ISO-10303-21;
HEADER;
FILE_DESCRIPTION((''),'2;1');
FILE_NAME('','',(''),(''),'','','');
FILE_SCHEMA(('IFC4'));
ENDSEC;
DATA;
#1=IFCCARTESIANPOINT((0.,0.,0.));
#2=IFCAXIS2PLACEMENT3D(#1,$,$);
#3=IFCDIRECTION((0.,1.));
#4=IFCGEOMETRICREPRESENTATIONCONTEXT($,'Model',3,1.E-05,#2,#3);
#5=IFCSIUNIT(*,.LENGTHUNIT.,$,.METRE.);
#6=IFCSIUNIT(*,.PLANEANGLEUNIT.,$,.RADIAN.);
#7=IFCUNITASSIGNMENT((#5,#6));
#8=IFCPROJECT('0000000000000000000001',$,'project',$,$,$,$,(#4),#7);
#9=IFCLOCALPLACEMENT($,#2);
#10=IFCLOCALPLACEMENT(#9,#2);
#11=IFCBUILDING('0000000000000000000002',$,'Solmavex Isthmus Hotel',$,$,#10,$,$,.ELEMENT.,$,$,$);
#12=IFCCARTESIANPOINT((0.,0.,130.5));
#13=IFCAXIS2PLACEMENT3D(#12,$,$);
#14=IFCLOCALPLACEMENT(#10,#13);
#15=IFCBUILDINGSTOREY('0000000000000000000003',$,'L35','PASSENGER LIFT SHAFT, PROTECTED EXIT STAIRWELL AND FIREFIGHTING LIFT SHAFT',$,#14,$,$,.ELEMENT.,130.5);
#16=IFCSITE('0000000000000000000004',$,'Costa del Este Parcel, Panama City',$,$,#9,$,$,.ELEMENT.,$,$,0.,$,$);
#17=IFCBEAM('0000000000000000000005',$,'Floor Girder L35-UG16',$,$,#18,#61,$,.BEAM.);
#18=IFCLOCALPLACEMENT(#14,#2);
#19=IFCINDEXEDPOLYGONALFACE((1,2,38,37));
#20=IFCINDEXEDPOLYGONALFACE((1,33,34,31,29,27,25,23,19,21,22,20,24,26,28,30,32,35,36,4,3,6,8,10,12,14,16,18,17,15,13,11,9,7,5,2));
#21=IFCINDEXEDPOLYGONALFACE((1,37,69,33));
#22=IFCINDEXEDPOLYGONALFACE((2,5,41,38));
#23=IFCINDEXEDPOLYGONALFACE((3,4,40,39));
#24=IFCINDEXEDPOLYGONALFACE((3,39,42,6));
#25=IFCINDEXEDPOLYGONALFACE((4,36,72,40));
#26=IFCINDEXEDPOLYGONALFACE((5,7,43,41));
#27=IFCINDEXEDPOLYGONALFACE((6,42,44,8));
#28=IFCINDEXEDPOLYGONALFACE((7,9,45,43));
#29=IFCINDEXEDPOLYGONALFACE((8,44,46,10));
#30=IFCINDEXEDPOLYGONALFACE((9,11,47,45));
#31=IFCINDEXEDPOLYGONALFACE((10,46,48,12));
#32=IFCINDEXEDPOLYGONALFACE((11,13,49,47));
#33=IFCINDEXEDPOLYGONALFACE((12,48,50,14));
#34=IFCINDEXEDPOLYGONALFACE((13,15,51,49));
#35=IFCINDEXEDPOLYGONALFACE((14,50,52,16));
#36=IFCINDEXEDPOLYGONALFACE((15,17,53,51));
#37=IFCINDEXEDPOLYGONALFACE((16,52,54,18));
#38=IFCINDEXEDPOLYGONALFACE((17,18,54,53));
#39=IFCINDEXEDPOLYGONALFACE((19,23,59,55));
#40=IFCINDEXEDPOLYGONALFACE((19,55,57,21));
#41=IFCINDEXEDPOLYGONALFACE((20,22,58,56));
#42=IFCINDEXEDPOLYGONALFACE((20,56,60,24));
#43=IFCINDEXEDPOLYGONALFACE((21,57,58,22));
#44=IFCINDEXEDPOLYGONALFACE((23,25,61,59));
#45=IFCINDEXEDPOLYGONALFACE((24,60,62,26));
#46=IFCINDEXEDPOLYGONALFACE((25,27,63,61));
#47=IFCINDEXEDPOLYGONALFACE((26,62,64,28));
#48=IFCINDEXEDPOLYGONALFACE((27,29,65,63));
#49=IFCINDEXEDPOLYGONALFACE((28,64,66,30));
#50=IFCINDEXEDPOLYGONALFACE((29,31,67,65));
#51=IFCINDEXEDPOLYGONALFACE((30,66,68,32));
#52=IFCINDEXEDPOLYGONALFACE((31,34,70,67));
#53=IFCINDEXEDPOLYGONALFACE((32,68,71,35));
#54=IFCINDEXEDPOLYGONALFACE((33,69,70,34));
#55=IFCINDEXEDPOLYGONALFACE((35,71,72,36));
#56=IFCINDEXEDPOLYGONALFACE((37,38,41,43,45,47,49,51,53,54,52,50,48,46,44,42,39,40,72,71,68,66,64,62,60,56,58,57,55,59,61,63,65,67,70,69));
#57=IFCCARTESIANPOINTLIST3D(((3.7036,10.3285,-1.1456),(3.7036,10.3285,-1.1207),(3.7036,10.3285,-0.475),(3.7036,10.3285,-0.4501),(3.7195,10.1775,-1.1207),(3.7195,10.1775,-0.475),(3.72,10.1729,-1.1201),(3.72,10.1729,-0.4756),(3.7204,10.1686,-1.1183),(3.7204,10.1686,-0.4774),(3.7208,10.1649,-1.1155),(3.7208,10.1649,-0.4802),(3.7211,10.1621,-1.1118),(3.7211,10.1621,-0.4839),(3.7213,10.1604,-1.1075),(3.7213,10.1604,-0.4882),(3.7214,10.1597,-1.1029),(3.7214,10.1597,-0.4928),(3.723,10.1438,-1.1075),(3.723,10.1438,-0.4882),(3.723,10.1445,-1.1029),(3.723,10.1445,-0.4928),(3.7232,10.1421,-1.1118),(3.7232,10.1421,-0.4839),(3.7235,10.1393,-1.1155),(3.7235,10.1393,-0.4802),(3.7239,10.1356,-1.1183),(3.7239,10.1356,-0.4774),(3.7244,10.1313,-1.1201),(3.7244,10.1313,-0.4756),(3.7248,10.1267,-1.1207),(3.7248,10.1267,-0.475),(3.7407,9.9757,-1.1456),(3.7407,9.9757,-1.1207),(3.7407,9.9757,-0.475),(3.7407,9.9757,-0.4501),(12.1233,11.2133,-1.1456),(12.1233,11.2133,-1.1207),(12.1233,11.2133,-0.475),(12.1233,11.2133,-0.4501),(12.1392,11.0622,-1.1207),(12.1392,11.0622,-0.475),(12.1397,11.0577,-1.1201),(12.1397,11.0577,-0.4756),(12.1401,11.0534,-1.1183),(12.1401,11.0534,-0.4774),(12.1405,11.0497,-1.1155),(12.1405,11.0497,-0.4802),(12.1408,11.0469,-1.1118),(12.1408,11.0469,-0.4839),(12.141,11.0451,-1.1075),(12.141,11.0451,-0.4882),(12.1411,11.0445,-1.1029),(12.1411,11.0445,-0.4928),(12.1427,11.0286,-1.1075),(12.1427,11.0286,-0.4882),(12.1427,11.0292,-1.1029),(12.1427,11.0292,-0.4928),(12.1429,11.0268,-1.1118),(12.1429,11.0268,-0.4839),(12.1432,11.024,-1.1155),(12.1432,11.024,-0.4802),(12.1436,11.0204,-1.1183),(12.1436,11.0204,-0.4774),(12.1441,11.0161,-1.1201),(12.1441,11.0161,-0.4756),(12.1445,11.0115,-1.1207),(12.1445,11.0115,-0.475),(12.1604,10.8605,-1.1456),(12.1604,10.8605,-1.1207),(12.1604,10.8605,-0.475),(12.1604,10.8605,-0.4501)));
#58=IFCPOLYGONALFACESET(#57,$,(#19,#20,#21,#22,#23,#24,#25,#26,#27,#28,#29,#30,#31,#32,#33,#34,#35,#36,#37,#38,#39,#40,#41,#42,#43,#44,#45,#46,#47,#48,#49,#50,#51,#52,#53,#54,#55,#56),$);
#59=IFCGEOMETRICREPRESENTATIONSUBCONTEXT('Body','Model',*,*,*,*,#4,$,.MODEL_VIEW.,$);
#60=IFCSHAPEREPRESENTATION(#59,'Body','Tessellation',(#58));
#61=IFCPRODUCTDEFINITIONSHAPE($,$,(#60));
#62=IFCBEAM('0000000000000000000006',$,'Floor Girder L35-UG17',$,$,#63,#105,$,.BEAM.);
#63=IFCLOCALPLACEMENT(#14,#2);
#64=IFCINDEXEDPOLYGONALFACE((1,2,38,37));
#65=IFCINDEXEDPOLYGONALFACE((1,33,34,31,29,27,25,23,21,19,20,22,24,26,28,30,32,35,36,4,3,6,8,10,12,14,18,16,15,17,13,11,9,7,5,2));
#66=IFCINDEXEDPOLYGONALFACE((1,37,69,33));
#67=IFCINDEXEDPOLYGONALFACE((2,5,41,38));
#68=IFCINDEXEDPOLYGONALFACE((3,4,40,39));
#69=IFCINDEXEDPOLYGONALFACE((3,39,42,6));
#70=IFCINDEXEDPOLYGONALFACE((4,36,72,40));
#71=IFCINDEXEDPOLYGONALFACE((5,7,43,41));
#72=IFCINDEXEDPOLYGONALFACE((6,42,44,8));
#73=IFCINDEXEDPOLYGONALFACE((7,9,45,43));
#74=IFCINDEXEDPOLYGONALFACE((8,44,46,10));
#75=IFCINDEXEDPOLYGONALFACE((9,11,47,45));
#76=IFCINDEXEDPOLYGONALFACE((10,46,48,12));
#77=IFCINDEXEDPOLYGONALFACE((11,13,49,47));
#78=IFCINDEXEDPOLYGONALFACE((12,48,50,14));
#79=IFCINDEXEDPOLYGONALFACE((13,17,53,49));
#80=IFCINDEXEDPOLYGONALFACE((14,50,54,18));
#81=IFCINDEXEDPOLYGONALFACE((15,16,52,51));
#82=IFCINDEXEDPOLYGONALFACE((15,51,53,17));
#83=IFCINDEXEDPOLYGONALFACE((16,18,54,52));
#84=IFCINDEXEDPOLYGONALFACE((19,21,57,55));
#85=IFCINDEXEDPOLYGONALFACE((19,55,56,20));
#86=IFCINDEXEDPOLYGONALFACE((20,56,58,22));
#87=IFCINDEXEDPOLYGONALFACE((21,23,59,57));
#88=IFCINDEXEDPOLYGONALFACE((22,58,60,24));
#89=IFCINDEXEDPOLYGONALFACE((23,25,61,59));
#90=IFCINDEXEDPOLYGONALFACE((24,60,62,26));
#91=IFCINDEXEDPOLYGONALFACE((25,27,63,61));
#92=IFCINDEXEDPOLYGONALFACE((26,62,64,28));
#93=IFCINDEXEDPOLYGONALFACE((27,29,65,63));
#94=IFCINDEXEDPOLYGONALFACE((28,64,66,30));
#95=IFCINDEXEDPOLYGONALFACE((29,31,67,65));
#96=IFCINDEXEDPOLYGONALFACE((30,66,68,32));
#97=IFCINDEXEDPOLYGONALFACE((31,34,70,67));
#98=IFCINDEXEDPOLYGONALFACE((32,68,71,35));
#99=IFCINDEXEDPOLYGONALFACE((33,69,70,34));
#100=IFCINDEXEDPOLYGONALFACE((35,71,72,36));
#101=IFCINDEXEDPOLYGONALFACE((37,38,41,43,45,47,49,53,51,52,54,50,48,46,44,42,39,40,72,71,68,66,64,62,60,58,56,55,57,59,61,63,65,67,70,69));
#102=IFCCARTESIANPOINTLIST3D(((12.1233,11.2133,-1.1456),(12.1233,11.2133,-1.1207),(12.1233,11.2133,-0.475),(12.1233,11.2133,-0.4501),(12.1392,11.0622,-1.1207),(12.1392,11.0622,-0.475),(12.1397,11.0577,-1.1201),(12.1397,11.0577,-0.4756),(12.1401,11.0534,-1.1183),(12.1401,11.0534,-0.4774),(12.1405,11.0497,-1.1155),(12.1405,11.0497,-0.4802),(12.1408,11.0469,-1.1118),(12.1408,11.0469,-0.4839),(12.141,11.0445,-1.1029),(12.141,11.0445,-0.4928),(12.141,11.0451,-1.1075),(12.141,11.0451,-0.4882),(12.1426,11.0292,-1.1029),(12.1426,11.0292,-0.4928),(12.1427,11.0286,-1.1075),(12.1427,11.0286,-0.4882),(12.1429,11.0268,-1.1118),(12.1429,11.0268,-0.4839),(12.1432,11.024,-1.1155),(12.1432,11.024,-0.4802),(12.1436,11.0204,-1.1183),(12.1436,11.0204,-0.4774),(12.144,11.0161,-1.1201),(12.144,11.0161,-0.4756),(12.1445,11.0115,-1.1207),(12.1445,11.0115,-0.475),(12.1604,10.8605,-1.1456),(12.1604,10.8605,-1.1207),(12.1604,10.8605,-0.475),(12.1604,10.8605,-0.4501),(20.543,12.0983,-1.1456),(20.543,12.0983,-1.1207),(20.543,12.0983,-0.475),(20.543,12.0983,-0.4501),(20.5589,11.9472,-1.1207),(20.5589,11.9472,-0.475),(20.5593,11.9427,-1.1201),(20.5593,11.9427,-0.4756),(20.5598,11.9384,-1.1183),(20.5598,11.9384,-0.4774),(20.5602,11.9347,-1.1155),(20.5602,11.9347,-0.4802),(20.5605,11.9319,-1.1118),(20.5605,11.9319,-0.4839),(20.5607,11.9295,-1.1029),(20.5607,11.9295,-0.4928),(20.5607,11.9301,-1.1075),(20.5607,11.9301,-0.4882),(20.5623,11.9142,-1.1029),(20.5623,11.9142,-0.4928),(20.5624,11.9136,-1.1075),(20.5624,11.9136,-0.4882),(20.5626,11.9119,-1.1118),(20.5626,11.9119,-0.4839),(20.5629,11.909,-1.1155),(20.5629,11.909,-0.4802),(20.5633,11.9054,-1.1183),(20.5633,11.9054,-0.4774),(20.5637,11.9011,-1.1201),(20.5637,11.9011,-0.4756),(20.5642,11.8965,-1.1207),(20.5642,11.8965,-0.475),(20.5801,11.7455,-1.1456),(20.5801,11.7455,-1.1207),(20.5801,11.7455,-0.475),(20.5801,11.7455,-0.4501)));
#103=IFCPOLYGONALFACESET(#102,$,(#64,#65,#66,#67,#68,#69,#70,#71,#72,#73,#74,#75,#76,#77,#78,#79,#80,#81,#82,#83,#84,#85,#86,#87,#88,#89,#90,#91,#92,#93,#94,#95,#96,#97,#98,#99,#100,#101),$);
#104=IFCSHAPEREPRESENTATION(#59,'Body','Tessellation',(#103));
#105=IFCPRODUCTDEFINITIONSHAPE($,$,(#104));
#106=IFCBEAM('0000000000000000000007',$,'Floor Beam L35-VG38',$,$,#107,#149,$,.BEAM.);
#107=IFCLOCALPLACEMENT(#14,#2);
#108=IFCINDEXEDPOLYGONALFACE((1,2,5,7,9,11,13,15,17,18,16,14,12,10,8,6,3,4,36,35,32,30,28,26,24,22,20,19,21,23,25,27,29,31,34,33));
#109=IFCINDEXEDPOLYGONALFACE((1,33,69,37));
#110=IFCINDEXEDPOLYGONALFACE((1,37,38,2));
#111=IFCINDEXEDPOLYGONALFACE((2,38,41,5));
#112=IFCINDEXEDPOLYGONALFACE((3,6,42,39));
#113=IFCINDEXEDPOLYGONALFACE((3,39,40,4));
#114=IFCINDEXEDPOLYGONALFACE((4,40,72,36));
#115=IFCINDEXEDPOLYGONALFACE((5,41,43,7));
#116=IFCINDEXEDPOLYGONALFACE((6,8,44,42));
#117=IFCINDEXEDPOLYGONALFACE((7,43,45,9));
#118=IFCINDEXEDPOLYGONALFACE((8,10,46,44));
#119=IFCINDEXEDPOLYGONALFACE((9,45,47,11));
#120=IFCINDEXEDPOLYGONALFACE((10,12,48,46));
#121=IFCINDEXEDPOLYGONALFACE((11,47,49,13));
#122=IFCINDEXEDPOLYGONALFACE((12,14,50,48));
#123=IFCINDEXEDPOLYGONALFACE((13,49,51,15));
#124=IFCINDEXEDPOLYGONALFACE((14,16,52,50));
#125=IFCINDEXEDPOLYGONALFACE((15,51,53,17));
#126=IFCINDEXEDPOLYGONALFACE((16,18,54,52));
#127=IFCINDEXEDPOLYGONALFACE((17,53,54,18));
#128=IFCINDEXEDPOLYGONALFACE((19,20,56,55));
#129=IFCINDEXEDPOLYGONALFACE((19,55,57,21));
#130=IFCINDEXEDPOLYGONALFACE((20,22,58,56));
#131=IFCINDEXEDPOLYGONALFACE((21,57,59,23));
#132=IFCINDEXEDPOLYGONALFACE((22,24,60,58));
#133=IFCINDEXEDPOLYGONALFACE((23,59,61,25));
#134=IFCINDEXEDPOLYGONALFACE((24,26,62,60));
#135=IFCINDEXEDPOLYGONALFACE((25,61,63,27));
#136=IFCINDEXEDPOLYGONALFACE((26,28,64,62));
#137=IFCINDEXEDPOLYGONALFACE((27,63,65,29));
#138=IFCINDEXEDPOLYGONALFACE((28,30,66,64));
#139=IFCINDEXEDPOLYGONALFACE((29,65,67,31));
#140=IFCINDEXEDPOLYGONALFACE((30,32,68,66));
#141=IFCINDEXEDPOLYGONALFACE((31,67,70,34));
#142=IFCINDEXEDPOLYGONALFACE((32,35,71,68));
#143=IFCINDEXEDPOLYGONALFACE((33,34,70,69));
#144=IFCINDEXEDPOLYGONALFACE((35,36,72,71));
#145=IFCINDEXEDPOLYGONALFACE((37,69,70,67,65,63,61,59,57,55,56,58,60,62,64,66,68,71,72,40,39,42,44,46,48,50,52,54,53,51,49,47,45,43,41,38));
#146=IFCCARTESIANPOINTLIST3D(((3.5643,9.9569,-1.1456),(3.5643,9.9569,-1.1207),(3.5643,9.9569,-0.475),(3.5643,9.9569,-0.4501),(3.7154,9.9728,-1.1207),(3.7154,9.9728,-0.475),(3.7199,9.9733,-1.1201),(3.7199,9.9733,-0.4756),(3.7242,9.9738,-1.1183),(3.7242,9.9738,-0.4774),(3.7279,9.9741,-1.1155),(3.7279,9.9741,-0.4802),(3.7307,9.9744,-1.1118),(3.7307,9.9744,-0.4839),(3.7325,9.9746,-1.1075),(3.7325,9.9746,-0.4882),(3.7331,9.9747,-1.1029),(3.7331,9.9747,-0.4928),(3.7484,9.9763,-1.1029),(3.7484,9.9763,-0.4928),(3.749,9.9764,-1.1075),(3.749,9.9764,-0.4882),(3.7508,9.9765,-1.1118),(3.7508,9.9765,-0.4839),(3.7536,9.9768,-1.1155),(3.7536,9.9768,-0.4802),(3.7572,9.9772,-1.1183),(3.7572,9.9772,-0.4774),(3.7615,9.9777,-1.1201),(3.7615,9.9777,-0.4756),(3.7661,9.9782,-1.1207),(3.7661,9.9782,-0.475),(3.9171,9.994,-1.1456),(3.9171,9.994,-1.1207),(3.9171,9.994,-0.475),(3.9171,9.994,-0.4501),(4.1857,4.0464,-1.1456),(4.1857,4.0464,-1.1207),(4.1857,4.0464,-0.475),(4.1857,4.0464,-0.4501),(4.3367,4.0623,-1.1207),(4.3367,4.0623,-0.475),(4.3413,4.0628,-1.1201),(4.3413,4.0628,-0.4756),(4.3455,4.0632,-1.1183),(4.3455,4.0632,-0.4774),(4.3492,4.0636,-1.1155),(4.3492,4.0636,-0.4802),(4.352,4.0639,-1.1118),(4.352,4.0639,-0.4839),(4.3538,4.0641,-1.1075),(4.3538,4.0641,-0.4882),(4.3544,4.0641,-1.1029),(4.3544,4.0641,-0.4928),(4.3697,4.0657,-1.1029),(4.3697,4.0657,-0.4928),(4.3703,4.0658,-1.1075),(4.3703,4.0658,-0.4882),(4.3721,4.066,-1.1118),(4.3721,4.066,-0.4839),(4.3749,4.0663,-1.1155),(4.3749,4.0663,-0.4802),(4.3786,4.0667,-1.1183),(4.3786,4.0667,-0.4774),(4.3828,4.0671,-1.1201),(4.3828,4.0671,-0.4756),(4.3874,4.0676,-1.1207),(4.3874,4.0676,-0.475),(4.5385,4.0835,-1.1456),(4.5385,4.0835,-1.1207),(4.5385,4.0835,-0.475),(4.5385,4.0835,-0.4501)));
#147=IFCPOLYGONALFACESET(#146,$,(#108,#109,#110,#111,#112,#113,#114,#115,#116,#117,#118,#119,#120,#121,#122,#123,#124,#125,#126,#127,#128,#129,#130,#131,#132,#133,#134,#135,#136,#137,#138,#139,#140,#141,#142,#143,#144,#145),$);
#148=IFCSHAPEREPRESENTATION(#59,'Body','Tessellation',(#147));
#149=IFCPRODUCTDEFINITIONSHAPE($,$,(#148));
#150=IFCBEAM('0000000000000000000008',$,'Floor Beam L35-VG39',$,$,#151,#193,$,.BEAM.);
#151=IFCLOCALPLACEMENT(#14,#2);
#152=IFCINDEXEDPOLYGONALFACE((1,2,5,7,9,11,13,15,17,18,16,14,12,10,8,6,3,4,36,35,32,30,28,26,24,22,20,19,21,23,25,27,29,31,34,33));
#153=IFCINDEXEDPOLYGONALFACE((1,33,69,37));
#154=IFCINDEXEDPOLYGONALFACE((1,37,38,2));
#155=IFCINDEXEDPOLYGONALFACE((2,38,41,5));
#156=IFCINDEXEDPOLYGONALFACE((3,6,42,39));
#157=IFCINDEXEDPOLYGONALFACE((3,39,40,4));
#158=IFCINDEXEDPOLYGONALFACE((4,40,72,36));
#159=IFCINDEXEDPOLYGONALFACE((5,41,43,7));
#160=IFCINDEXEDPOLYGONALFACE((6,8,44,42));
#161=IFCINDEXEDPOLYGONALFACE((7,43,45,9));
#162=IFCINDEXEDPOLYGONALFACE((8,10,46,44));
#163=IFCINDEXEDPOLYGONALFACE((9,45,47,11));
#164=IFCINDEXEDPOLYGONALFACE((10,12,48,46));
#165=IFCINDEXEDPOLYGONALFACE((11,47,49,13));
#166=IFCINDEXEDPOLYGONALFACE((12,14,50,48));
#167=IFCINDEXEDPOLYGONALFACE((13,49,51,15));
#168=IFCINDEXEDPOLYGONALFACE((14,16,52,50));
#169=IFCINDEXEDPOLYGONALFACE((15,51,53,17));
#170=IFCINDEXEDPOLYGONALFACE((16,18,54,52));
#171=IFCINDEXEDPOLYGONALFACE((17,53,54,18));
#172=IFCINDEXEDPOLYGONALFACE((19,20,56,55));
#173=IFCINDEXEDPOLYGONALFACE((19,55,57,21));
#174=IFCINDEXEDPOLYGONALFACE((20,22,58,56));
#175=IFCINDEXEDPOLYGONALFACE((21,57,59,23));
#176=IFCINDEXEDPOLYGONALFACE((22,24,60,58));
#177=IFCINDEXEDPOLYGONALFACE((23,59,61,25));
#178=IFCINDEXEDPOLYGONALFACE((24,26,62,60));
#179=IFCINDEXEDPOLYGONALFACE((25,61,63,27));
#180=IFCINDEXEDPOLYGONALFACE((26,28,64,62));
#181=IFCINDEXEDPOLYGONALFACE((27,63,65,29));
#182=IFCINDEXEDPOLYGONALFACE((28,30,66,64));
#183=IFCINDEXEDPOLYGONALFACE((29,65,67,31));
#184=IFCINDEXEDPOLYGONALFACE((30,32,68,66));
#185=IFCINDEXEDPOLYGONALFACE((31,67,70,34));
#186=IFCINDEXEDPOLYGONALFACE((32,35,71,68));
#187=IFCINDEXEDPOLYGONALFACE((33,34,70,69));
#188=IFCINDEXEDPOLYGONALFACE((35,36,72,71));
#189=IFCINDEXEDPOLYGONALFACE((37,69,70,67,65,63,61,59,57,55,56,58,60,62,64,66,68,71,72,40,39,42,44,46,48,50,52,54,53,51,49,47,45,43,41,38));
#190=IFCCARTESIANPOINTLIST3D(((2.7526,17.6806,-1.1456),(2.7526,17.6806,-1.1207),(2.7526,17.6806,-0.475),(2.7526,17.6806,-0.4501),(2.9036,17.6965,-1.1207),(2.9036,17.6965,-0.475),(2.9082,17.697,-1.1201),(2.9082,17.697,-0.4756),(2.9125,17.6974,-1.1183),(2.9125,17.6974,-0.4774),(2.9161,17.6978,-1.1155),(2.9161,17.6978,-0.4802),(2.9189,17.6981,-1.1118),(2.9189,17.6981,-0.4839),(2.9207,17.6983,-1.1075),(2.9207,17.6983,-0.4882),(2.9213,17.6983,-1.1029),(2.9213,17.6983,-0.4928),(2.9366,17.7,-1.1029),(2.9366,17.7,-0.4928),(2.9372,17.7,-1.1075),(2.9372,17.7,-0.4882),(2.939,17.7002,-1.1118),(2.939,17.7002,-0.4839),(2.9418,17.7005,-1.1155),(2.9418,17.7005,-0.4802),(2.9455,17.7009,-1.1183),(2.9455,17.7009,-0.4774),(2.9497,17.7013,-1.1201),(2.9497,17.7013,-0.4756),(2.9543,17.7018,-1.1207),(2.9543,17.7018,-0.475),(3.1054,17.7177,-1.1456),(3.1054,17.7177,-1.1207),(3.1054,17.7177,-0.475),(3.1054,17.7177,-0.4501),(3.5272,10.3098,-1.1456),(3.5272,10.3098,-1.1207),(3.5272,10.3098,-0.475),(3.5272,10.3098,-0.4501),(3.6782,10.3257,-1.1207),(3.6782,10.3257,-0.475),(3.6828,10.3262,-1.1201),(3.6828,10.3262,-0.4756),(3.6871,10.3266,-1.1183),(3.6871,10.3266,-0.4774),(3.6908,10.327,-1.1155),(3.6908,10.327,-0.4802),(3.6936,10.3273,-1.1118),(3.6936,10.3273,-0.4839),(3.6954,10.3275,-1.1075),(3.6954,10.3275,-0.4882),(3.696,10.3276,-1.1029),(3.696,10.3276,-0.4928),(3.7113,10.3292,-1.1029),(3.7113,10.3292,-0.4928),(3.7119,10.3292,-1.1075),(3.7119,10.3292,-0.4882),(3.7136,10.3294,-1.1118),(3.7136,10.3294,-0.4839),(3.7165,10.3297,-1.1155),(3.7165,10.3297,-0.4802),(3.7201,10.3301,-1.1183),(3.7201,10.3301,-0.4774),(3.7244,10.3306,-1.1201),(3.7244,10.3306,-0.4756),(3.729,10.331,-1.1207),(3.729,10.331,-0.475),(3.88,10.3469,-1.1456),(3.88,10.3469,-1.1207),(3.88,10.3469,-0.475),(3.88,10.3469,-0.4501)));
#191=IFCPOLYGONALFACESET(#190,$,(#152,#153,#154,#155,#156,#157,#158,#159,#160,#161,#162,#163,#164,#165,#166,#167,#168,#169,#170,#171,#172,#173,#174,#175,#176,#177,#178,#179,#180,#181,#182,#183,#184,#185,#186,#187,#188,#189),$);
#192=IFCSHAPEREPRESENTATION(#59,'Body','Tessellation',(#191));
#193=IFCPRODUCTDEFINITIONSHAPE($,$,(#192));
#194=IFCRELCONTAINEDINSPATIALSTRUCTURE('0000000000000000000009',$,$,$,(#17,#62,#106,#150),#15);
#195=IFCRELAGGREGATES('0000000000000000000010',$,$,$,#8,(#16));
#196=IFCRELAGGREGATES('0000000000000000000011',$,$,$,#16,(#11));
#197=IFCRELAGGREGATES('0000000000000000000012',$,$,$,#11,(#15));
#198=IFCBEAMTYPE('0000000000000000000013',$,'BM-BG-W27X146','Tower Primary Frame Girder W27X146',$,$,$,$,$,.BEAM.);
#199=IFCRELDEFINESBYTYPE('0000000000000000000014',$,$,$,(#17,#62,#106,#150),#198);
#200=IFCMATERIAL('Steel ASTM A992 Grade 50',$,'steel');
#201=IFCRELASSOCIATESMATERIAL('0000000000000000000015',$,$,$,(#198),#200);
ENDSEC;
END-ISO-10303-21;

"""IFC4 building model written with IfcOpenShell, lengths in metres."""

from ifc_helpers import new_model, si_unit, direction, frame, origin, origin_2d, place, context, subcontext, project, spatial, i_section, extrude, material, material_profile, profile_set, type_object, element, save


model = new_model("IFC4")

# Units and contexts
model_context = context("Model", 3, precision=1e-05, world=origin(), true_north=direction((0.0, 1.0)))
body_context = subcontext(model_context, "Body", "Model", "MODEL_VIEW")
ifc_project = project(units=[si_unit("LENGTHUNIT", "METRE"), si_unit("PLANEANGLEUNIT", "RADIAN")], contexts=[model_context])

# Site, building, storey
site_placement = place(None, origin())
site = spatial("IfcSite", under=ifc_project, at=site_placement, Name="Costa del Este Parcel, Panama City", CompositionType="ELEMENT", RefElevation=0.0)
building_placement = place(site_placement, origin())
building = spatial("IfcBuilding", under=site, at=building_placement, Name="Solmavex Isthmus Hotel", CompositionType="ELEMENT")
storey_placement = place(building_placement, frame((0.0, 0.0, 130.5)))
storey = spatial("IfcBuildingStorey", under=building, at=storey_placement, Name="L35", Description="PASSENGER LIFT SHAFT, PROTECTED EXIT STAIRWELL AND FIREFIGHTING LIFT SHAFT", CompositionType="ELEMENT", Elevation=130.5)

# Beams
ifc_material_1 = material(Name="Steel ASTM A992 Grade 50", Category="steel")
ifc_material_profile_1 = material_profile(ifc_material_1, i_section(OverallWidth=0.3547, OverallDepth=0.6956, WebThickness=0.0154, FlangeThickness=0.0249, FilletRadius=0.0178, at=origin_2d()), Name="W27X146")
ifc_profile_set_1 = profile_set([ifc_material_profile_1], Name="Steel ASTM A992 Grade 50")
beam_type_1 = type_object("IfcBeamType", Name="BM-BG-W27X146", Description="Tower Primary Frame Girder W27X146", PredefinedType="BEAM", material=ifc_profile_set_1)
for number, where, z_axis, x_axis, name in (
    (1, (3.7222, 10.1521, -0.7979), (0.994524, 0.104508, 0.0), (-0.104508, 0.994524, 0.0), "Floor Girder L35-UG16"),
    (2, (12.1418, 11.0369, -0.7979), (0.994521, 0.104536, 0.0), (-0.104536, 0.994521, 0.0), "Floor Girder L35-UG17"),
):
    element("IfcBeam", number, at=place(storey_placement, frame(where, z_axis=z_axis, x_axis=x_axis)), inside=storey, type_object=beam_type_1, Name=name, PredefinedType="BEAM", context=body_context, shape_type="SweptSolid", body=[
        extrude(i_section(OverallWidth=0.3547, OverallDepth=0.6956, WebThickness=0.0154, FlangeThickness=0.0249, FilletRadius=0.0178, at=origin_2d()), origin(), (0.0, 0.0, 1.0), 8.4661),
    ])
beam_1_placement = place(storey_placement, frame((4.3621, 4.0649, -0.7979), z_axis=(-0.104546, 0.99452, 0.0), x_axis=(-0.99452, -0.104546, 0.0)))
element("IfcBeam", 3, at=beam_1_placement, inside=storey, type_object=beam_type_1, Name="Floor Beam L35-VG38", PredefinedType="BEAM", context=body_context, shape_type="SweptSolid", body=[
    extrude(i_section(OverallWidth=0.3547, OverallDepth=0.6956, WebThickness=0.0154, FlangeThickness=0.0249, FilletRadius=0.0178, at=origin_2d()), origin(), (0.0, 0.0, 1.0), 5.9431),
])
beam_2_placement = place(storey_placement, frame((3.7036, 10.3284, -0.7979), z_axis=(-0.104522, 0.994523, 0.0), x_axis=(-0.994523, -0.104522, 0.0)))
element("IfcBeam", 4, at=beam_2_placement, inside=storey, type_object=beam_type_1, Name="Floor Beam L35-VG39", PredefinedType="BEAM", context=body_context, shape_type="SweptSolid", body=[
    extrude(i_section(OverallWidth=0.3547, OverallDepth=0.6956, WebThickness=0.0154, FlangeThickness=0.0249, FilletRadius=0.0178, at=origin_2d()), origin(), (0.0, 0.0, 1.0), 7.4114),
])

save(model, "model.ifc")
